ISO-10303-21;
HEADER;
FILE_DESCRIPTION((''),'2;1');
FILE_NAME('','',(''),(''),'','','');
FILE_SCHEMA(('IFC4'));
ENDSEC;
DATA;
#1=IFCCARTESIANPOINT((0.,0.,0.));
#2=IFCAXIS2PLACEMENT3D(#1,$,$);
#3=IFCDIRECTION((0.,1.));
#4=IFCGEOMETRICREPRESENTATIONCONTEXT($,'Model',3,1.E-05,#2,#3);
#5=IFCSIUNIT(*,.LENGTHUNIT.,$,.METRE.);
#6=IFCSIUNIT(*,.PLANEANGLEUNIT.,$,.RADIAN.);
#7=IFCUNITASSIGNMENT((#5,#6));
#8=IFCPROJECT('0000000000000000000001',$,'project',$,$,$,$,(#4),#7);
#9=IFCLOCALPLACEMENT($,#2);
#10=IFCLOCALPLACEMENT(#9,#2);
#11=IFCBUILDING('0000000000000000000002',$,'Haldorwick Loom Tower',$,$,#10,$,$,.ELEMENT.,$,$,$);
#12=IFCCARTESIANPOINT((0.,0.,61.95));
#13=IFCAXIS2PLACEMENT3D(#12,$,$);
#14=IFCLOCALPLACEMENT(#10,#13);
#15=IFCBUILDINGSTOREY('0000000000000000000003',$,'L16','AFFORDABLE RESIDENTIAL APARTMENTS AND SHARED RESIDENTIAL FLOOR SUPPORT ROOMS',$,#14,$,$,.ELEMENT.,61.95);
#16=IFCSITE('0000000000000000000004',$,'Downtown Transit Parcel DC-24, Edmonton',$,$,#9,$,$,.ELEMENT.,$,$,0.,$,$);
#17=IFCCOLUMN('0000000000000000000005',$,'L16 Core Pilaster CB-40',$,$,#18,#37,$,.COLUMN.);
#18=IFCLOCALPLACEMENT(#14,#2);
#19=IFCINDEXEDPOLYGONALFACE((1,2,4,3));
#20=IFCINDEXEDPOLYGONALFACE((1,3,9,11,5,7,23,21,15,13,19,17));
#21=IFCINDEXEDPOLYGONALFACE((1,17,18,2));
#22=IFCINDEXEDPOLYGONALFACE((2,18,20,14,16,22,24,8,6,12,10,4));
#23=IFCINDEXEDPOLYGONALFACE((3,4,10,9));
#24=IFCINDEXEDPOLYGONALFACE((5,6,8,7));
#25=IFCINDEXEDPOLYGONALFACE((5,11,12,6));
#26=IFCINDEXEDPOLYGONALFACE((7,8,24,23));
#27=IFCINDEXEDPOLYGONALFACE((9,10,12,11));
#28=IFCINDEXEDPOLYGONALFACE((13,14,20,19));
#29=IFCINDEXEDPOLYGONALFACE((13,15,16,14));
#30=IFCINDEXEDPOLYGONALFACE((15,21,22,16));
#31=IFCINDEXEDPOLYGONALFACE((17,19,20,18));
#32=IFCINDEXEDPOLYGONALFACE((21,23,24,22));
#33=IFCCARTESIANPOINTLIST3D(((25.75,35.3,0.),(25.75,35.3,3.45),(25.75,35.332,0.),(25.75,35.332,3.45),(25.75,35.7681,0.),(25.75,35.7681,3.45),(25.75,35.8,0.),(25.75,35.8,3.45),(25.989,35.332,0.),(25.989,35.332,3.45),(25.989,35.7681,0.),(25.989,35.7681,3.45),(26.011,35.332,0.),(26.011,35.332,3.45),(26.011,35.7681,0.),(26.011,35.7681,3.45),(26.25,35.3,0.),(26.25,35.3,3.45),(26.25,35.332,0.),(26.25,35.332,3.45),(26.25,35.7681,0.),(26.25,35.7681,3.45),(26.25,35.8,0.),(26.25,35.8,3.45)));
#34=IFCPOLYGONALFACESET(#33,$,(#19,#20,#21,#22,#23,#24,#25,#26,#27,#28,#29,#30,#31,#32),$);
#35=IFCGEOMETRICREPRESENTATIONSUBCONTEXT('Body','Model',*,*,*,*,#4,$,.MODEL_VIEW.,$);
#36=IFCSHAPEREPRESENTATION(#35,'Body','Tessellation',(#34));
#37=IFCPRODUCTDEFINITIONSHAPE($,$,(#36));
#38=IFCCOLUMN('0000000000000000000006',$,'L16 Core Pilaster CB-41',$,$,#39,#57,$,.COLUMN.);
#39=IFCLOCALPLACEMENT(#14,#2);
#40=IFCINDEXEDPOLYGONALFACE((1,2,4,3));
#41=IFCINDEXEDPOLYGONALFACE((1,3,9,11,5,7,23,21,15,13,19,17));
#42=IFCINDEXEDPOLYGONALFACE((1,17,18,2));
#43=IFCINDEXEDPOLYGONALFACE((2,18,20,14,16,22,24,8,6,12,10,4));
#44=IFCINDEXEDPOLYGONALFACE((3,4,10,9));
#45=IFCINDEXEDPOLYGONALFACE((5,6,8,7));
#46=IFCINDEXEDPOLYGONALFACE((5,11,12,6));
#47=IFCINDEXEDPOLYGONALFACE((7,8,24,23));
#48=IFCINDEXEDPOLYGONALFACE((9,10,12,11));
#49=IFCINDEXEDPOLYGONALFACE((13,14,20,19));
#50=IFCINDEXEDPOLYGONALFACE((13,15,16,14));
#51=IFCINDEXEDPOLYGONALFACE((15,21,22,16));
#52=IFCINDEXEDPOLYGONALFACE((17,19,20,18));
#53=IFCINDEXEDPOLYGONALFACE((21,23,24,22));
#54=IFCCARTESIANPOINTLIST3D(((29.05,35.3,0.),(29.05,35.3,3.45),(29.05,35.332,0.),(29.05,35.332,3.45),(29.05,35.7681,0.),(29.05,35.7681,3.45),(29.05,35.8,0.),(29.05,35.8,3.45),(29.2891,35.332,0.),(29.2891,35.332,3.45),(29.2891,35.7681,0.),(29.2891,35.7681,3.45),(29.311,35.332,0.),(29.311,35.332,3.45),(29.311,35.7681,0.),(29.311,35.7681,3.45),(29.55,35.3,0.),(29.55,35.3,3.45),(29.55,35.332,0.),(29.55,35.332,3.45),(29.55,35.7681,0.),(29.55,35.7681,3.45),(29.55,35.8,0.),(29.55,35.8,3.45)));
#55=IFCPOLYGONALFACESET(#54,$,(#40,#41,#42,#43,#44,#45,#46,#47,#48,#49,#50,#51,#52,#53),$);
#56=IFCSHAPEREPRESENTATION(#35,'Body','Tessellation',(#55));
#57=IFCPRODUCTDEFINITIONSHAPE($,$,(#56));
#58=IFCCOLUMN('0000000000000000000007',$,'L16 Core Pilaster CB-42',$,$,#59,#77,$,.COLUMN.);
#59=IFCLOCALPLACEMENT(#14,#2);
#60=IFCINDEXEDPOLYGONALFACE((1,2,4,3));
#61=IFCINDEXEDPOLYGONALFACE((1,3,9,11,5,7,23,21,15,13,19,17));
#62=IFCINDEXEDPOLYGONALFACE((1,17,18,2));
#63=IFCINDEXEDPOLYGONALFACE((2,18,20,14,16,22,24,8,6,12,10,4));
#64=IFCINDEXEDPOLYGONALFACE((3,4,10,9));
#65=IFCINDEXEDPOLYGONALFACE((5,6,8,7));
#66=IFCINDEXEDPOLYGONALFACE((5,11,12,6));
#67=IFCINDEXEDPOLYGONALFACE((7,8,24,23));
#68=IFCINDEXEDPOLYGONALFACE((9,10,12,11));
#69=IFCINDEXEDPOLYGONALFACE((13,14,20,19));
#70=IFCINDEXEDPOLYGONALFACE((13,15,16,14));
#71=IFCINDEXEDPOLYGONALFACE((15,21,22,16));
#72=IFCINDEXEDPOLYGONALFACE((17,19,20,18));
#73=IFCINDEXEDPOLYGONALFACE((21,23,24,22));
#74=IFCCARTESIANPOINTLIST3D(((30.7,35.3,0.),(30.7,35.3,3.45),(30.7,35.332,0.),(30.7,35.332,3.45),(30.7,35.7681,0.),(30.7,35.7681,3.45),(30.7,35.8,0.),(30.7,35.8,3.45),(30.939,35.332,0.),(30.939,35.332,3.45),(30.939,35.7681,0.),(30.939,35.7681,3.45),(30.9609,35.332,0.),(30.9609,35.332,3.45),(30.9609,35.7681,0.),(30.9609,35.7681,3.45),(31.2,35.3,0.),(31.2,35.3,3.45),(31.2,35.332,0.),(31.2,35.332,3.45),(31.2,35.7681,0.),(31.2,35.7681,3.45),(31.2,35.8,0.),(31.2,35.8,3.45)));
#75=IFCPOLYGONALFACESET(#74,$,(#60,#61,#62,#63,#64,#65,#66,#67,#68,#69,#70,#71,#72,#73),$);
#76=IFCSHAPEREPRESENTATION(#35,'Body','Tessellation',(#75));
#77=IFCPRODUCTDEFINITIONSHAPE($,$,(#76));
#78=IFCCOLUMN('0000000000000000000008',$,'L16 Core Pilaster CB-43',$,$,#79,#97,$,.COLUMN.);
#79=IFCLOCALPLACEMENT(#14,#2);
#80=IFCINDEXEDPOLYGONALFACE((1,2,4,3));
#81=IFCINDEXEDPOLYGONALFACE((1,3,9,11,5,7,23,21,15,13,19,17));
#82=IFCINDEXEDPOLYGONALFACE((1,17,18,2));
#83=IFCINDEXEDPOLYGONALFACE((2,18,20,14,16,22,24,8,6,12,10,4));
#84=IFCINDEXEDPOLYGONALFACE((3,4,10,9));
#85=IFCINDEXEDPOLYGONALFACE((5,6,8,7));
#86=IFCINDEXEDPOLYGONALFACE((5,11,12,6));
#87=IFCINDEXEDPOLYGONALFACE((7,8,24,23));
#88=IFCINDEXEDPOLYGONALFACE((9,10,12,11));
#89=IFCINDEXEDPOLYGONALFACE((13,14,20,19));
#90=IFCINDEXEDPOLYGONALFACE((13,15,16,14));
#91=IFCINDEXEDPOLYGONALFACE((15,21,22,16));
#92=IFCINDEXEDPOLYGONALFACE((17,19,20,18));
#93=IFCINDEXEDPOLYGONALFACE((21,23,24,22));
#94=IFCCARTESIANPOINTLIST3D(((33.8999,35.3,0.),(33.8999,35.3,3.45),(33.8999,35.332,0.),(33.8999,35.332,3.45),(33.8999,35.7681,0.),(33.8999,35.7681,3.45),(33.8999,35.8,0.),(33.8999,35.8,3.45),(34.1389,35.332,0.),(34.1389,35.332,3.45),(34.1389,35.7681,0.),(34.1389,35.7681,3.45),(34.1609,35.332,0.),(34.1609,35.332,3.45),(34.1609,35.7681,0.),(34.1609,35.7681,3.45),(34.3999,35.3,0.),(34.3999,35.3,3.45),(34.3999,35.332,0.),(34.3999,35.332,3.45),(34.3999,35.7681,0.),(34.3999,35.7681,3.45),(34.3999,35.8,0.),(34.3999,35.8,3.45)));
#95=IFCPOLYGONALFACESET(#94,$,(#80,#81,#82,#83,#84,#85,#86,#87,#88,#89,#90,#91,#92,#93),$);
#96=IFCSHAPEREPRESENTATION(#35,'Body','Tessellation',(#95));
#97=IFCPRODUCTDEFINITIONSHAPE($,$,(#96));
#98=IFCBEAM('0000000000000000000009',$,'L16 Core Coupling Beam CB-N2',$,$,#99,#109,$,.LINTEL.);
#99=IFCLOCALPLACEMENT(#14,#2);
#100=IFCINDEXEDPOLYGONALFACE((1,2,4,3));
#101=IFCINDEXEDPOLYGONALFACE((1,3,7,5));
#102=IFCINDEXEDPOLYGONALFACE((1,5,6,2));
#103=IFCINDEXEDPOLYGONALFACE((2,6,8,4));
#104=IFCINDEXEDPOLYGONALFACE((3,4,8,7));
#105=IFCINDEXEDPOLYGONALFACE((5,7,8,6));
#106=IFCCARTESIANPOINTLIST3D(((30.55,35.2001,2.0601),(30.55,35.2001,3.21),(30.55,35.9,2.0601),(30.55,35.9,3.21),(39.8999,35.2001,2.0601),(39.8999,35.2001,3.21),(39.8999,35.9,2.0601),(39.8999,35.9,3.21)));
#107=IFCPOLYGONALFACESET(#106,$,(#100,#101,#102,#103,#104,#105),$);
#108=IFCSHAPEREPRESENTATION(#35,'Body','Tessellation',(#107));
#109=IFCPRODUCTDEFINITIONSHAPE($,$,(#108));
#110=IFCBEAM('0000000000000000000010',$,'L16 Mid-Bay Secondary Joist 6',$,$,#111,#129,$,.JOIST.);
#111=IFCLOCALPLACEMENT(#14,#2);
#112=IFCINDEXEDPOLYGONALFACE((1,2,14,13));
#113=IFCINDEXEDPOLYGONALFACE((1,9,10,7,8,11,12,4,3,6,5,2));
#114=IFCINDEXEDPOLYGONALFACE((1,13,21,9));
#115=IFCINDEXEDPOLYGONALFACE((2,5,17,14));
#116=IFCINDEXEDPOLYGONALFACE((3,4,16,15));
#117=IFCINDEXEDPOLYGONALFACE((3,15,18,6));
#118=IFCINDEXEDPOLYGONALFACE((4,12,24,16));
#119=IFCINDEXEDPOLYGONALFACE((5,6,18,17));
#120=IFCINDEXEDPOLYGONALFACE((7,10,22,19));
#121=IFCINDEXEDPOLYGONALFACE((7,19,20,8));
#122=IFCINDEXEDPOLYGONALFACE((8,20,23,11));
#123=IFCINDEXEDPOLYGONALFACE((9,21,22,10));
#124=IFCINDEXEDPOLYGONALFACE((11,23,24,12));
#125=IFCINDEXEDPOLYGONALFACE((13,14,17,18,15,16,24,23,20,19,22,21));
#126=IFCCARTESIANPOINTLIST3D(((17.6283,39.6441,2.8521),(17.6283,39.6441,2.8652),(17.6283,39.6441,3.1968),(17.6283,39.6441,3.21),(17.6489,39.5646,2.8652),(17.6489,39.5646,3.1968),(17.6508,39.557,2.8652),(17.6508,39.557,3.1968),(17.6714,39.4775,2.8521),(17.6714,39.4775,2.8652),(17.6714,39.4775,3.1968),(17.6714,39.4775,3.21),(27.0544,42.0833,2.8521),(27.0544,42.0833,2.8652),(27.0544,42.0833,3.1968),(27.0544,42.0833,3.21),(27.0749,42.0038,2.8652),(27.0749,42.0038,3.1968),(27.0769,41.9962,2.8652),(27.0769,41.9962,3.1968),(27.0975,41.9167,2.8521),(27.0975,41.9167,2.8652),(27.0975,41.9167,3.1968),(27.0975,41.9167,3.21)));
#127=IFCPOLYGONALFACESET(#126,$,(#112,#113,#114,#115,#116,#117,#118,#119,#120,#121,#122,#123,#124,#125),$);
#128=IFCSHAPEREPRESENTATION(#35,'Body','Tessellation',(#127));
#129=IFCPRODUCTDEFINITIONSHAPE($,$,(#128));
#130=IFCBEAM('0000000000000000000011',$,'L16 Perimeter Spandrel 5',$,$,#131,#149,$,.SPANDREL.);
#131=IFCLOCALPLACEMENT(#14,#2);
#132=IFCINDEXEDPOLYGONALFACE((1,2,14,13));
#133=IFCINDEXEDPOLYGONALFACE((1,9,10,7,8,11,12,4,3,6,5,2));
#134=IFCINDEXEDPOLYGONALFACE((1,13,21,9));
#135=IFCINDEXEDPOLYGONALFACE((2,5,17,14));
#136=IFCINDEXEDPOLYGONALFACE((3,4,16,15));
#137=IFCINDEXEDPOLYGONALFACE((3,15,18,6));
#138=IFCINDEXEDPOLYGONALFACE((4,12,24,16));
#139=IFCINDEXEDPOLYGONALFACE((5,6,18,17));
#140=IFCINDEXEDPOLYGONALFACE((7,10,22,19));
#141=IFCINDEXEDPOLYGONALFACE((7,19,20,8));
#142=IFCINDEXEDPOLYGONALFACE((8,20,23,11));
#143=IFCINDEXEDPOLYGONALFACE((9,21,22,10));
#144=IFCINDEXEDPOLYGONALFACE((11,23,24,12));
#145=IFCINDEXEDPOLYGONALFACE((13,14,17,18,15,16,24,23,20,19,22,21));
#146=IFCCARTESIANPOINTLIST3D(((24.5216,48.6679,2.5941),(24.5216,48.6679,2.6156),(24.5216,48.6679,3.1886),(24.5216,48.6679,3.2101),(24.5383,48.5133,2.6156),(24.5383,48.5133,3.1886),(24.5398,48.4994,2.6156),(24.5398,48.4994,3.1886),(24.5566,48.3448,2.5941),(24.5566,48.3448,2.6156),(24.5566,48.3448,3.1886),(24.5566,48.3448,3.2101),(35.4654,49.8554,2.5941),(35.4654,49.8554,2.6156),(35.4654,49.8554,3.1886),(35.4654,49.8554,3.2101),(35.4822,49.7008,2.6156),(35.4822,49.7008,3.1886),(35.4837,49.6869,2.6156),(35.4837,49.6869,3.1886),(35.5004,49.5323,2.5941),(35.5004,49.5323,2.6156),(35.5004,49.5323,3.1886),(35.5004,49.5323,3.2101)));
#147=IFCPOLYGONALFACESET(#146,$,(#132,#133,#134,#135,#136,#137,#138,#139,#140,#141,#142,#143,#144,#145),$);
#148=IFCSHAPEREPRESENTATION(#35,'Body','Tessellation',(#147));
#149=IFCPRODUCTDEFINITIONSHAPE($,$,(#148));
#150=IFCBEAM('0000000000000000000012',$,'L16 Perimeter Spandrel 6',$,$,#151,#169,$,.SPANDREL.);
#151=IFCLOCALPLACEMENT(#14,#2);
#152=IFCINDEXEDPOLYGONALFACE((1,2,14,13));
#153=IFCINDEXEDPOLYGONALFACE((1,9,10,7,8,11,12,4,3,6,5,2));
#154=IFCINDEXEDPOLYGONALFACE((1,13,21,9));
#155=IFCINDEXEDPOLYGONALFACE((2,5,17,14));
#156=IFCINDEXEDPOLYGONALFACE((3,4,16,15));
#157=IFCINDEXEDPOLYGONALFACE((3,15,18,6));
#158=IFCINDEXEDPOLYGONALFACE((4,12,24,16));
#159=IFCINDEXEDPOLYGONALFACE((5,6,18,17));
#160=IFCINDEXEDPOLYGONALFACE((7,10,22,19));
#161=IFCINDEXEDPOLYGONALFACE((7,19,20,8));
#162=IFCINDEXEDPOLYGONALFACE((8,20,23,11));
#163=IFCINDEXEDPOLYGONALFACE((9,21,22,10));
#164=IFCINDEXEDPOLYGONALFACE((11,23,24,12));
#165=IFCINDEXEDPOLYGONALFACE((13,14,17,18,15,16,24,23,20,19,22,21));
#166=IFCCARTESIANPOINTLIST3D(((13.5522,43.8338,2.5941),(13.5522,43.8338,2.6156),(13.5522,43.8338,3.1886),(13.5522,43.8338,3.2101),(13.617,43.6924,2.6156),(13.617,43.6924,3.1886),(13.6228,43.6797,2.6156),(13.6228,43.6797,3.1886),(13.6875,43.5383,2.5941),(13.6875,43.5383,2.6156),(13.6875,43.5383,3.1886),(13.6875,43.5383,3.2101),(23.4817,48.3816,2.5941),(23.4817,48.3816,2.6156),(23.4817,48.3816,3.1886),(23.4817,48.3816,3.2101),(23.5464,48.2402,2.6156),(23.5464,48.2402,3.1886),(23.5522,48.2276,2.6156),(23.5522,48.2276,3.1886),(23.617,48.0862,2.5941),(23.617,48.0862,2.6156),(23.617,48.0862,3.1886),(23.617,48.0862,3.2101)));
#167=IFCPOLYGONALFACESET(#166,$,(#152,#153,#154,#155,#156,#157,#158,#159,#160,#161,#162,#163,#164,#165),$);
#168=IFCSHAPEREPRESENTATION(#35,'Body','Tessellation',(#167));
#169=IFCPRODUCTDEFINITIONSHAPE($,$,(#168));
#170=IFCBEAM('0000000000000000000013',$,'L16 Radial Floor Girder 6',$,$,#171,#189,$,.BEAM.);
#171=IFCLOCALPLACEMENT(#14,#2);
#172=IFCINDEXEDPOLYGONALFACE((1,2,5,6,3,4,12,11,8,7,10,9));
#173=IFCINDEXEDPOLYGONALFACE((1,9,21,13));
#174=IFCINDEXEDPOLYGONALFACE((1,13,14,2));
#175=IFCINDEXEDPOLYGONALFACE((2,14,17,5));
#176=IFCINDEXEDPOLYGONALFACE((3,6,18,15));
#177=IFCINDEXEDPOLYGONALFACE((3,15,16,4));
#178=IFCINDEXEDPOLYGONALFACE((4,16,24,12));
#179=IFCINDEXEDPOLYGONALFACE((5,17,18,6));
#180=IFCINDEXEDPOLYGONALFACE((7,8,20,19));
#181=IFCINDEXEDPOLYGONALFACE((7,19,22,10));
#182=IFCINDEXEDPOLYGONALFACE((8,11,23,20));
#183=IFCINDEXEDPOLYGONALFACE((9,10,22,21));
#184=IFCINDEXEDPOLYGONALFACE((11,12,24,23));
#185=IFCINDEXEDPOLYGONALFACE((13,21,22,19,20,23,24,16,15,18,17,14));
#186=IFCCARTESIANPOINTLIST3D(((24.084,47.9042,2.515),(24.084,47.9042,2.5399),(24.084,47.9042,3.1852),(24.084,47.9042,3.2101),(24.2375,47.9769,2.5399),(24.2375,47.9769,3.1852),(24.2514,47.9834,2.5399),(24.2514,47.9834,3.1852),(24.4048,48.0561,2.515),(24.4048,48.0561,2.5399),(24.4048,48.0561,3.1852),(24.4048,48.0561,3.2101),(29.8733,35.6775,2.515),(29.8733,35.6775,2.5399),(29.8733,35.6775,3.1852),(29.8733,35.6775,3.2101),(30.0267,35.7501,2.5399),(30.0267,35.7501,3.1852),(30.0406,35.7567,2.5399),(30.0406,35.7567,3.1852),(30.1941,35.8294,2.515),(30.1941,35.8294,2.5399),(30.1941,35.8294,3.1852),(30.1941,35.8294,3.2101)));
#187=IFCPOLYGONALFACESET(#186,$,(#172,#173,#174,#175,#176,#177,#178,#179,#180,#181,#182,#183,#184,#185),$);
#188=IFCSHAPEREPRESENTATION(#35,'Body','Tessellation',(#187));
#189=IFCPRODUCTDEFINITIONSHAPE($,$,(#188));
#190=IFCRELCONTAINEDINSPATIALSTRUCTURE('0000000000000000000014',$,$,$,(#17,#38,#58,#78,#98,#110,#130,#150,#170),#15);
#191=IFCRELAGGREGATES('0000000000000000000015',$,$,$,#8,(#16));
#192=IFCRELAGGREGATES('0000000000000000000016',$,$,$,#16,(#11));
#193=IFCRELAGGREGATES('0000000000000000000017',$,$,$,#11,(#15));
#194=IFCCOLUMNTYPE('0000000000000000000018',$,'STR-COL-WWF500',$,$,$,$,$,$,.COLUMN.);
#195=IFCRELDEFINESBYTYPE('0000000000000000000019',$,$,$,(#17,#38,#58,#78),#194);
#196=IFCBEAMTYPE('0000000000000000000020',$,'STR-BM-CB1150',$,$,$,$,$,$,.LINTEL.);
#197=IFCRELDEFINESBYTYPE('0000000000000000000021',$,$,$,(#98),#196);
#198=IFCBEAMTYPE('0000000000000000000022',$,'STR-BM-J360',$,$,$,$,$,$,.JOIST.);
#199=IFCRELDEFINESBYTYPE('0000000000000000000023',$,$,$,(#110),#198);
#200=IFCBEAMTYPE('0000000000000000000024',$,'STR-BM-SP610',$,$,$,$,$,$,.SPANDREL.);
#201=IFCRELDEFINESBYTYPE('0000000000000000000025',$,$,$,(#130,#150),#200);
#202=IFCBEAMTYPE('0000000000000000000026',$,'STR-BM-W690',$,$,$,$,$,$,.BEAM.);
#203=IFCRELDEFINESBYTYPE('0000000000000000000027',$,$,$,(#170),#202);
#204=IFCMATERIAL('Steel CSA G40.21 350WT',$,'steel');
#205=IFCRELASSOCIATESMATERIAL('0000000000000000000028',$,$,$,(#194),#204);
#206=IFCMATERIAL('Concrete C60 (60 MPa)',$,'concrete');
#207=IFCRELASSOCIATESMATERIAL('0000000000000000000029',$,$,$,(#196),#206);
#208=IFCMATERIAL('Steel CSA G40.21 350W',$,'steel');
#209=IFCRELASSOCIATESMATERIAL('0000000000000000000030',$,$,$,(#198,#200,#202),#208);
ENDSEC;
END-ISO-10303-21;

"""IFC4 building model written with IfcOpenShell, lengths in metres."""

from ifc_helpers import new_model, si_unit, direction, frame, origin, origin_2d, place, context, subcontext, project, spatial, rectangle, i_section, extrude, material, material_profile, profile_set, type_object, element, save


model = new_model("IFC4")

# Units and contexts
model_context = context("Model", 3, precision=1e-05, world=origin(), true_north=direction((0.0, 1.0)))
body_context = subcontext(model_context, "Body", "Model", "MODEL_VIEW")
ifc_project = project(units=[si_unit("LENGTHUNIT", "METRE"), si_unit("PLANEANGLEUNIT", "RADIAN")], contexts=[model_context])

# Site, building, storey
site_placement = place(None, origin())
site = spatial("IfcSite", under=ifc_project, at=site_placement, Name="Downtown Transit Parcel DC-24, Edmonton", CompositionType="ELEMENT", RefElevation=0.0)
building_placement = place(site_placement, origin())
building = spatial("IfcBuilding", under=site, at=building_placement, Name="Haldorwick Loom Tower", CompositionType="ELEMENT")
storey_placement = place(building_placement, frame((0.0, 0.0, 61.95)))
storey = spatial("IfcBuildingStorey", under=building, at=storey_placement, Name="L16", Description="AFFORDABLE RESIDENTIAL APARTMENTS AND SHARED RESIDENTIAL FLOOR SUPPORT ROOMS", CompositionType="ELEMENT", Elevation=61.95)

# Columns
ifc_material_1 = material(Name="Concrete C60 (60 MPa)", Category="concrete")
ifc_material_2 = material(Name="Steel CSA G40.21 350WT", Category="steel")
ifc_material_profile_1 = material_profile(ifc_material_2, i_section(OverallWidth=0.5, OverallDepth=0.5, WebThickness=0.022, FlangeThickness=0.032, at=origin_2d()), Name="WWF500X500", Category="steel")
ifc_profile_set_1 = profile_set([ifc_material_profile_1], Name="Steel CSA G40.21 350WT")
column_type_1 = type_object("IfcColumnType", Name="STR-COL-WWF500", PredefinedType="COLUMN", material=ifc_profile_set_1)
for number, where, z_axis, x_axis, name in (
    (1, (26.0, 35.55, 0.0), (0.0, 0.0, 1.0), (1.0, 0.0, 0.0), "L16 Core Pilaster CB-40"),
    (2, (29.3, 35.55, 0.0), (0.0, 0.0, 1.0), (1.0, 0.0, 0.0), "L16 Core Pilaster CB-41"),
    (3, (30.95, 35.55, 0.0), (0.0, 0.0, 1.0), (1.0, 0.0, 0.0), "L16 Core Pilaster CB-42"),
    (4, (34.1499, 35.55, 0.0), (0.0, 0.0, 1.0), (1.0, 0.0, 0.0), "L16 Core Pilaster CB-43"),
):
    element("IfcColumn", number, at=place(storey_placement, frame(where, z_axis=z_axis, x_axis=x_axis)), inside=storey, type_object=column_type_1, Name=name, PredefinedType="COLUMN", context=body_context, shape_type="SweptSolid", body=[
        extrude(i_section(OverallWidth=0.5, OverallDepth=0.5, WebThickness=0.022, FlangeThickness=0.032, at=origin_2d()), origin(), (0.0, 0.0, 1.0), 3.45),
    ])

# Beams
ifc_material_profile_2 = material_profile(ifc_material_1, rectangle(XDim=0.7, YDim=1.1499, at=origin_2d()), Name="RC700X1150", Category="concrete")
ifc_profile_set_2 = profile_set([ifc_material_profile_2], Name="Concrete C60 (60 MPa)")
beam_type_1 = type_object("IfcBeamType", Name="STR-BM-CB1150", PredefinedType="LINTEL", material=ifc_profile_set_2)
beam_1_placement = place(storey_placement, frame((30.55, 35.55, 2.635), z_axis=(1.0, 0.0, 0.0), x_axis=(0.0, 1.0, 0.0)))
element("IfcBeam", 5, at=beam_1_placement, inside=storey, type_object=beam_type_1, Name="L16 Core Coupling Beam CB-N2", PredefinedType="LINTEL", context=body_context, shape_type="SweptSolid", body=[
    extrude(rectangle(XDim=0.7, YDim=1.1499, at=origin_2d()), origin(), (0.0, 0.0, 1.0), 9.3499),
])
ifc_material_3 = material(Name="Steel CSA G40.21 350W", Category="steel")
ifc_material_profile_3 = material_profile(ifc_material_3, i_section(OverallWidth=0.1721, OverallDepth=0.3579, WebThickness=0.0078, FlangeThickness=0.0132, at=origin_2d()), Name="W360X57", Category="steel")
ifc_profile_set_3 = profile_set([ifc_material_profile_3], Name="Steel CSA G40.21 350W")
beam_type_2 = type_object("IfcBeamType", Name="STR-BM-J360", PredefinedType="JOIST", material=ifc_profile_set_3)
beam_2_placement = place(storey_placement, frame((27.0759, 42.0, 3.031), z_axis=(-0.968111, -0.250522, 0.0), x_axis=(0.250522, -0.968111, 0.0)))
element("IfcBeam", 6, at=beam_2_placement, inside=storey, type_object=beam_type_2, Name="L16 Mid-Bay Secondary Joist 6", PredefinedType="JOIST", context=body_context, shape_type="SweptSolid", body=[
    extrude(i_section(OverallWidth=0.1721, OverallDepth=0.3579, WebThickness=0.0078, FlangeThickness=0.0132, at=origin_2d()), origin(), (0.0, 0.0, 1.0), 9.7366),
])
ifc_material_profile_4 = material_profile(ifc_material_3, i_section(OverallWidth=0.325, OverallDepth=0.616, WebThickness=0.0139, FlangeThickness=0.0215, at=origin_2d()), Name="W610X174", Category="steel")
ifc_profile_set_4 = profile_set([ifc_material_profile_4], Name="Steel CSA G40.21 350W")
beam_type_3 = type_object("IfcBeamType", Name="STR-BM-SP610", PredefinedType="SPANDREL", material=ifc_profile_set_4)
beam_3_placement = place(storey_placement, frame((35.4829, 49.6938, 2.9021), z_axis=(-0.994164, -0.107875, 0.0), x_axis=(0.107875, -0.994164, 0.0)))
element("IfcBeam", 7, at=beam_3_placement, inside=storey, type_object=beam_type_3, Name="L16 Perimeter Spandrel 5", PredefinedType="SPANDREL", context=body_context, shape_type="SweptSolid", body=[
    extrude(i_section(OverallWidth=0.325, OverallDepth=0.616, WebThickness=0.0139, FlangeThickness=0.0215, at=origin_2d()), origin(), (0.0, 0.0, 1.0), 11.0081),
])
beam_4_placement = place(storey_placement, frame((23.5493, 48.2339, 2.9021), z_axis=(-0.909174, -0.416417, 0.0), x_axis=(0.416417, -0.909174, 0.0)))
element("IfcBeam", 8, at=beam_4_placement, inside=storey, type_object=beam_type_3, Name="L16 Perimeter Spandrel 6", PredefinedType="SPANDREL", context=body_context, shape_type="SweptSolid", body=[
    extrude(i_section(OverallWidth=0.325, OverallDepth=0.616, WebThickness=0.0139, FlangeThickness=0.0215, at=origin_2d()), origin(), (0.0, 0.0, 1.0), 10.9214),
])
ifc_material_profile_5 = material_profile(ifc_material_3, i_section(OverallWidth=0.355, OverallDepth=0.6951, WebThickness=0.0154, FlangeThickness=0.0249, at=origin_2d()), Name="W690X217", Category="steel")
ifc_profile_set_5 = profile_set([ifc_material_profile_5], Name="Steel CSA G40.21 350W")
beam_type_4 = type_object("IfcBeamType", Name="STR-BM-W690", PredefinedType="BEAM", material=ifc_profile_set_5)
beam_5_placement = place(storey_placement, frame((30.0337, 35.7534, 2.8625), z_axis=(-0.427945, 0.903805, 0.0), x_axis=(-0.903805, -0.427945, 0.0)))
element("IfcBeam", 9, at=beam_5_placement, inside=storey, type_object=beam_type_4, Name="L16 Radial Floor Girder 6", PredefinedType="BEAM", context=body_context, shape_type="SweptSolid", body=[
    extrude(i_section(OverallWidth=0.355, OverallDepth=0.6951, WebThickness=0.0154, FlangeThickness=0.0249, at=origin_2d()), origin(), (0.0, 0.0, 1.0), 13.5281),
])

save(model, "model.ifc")
